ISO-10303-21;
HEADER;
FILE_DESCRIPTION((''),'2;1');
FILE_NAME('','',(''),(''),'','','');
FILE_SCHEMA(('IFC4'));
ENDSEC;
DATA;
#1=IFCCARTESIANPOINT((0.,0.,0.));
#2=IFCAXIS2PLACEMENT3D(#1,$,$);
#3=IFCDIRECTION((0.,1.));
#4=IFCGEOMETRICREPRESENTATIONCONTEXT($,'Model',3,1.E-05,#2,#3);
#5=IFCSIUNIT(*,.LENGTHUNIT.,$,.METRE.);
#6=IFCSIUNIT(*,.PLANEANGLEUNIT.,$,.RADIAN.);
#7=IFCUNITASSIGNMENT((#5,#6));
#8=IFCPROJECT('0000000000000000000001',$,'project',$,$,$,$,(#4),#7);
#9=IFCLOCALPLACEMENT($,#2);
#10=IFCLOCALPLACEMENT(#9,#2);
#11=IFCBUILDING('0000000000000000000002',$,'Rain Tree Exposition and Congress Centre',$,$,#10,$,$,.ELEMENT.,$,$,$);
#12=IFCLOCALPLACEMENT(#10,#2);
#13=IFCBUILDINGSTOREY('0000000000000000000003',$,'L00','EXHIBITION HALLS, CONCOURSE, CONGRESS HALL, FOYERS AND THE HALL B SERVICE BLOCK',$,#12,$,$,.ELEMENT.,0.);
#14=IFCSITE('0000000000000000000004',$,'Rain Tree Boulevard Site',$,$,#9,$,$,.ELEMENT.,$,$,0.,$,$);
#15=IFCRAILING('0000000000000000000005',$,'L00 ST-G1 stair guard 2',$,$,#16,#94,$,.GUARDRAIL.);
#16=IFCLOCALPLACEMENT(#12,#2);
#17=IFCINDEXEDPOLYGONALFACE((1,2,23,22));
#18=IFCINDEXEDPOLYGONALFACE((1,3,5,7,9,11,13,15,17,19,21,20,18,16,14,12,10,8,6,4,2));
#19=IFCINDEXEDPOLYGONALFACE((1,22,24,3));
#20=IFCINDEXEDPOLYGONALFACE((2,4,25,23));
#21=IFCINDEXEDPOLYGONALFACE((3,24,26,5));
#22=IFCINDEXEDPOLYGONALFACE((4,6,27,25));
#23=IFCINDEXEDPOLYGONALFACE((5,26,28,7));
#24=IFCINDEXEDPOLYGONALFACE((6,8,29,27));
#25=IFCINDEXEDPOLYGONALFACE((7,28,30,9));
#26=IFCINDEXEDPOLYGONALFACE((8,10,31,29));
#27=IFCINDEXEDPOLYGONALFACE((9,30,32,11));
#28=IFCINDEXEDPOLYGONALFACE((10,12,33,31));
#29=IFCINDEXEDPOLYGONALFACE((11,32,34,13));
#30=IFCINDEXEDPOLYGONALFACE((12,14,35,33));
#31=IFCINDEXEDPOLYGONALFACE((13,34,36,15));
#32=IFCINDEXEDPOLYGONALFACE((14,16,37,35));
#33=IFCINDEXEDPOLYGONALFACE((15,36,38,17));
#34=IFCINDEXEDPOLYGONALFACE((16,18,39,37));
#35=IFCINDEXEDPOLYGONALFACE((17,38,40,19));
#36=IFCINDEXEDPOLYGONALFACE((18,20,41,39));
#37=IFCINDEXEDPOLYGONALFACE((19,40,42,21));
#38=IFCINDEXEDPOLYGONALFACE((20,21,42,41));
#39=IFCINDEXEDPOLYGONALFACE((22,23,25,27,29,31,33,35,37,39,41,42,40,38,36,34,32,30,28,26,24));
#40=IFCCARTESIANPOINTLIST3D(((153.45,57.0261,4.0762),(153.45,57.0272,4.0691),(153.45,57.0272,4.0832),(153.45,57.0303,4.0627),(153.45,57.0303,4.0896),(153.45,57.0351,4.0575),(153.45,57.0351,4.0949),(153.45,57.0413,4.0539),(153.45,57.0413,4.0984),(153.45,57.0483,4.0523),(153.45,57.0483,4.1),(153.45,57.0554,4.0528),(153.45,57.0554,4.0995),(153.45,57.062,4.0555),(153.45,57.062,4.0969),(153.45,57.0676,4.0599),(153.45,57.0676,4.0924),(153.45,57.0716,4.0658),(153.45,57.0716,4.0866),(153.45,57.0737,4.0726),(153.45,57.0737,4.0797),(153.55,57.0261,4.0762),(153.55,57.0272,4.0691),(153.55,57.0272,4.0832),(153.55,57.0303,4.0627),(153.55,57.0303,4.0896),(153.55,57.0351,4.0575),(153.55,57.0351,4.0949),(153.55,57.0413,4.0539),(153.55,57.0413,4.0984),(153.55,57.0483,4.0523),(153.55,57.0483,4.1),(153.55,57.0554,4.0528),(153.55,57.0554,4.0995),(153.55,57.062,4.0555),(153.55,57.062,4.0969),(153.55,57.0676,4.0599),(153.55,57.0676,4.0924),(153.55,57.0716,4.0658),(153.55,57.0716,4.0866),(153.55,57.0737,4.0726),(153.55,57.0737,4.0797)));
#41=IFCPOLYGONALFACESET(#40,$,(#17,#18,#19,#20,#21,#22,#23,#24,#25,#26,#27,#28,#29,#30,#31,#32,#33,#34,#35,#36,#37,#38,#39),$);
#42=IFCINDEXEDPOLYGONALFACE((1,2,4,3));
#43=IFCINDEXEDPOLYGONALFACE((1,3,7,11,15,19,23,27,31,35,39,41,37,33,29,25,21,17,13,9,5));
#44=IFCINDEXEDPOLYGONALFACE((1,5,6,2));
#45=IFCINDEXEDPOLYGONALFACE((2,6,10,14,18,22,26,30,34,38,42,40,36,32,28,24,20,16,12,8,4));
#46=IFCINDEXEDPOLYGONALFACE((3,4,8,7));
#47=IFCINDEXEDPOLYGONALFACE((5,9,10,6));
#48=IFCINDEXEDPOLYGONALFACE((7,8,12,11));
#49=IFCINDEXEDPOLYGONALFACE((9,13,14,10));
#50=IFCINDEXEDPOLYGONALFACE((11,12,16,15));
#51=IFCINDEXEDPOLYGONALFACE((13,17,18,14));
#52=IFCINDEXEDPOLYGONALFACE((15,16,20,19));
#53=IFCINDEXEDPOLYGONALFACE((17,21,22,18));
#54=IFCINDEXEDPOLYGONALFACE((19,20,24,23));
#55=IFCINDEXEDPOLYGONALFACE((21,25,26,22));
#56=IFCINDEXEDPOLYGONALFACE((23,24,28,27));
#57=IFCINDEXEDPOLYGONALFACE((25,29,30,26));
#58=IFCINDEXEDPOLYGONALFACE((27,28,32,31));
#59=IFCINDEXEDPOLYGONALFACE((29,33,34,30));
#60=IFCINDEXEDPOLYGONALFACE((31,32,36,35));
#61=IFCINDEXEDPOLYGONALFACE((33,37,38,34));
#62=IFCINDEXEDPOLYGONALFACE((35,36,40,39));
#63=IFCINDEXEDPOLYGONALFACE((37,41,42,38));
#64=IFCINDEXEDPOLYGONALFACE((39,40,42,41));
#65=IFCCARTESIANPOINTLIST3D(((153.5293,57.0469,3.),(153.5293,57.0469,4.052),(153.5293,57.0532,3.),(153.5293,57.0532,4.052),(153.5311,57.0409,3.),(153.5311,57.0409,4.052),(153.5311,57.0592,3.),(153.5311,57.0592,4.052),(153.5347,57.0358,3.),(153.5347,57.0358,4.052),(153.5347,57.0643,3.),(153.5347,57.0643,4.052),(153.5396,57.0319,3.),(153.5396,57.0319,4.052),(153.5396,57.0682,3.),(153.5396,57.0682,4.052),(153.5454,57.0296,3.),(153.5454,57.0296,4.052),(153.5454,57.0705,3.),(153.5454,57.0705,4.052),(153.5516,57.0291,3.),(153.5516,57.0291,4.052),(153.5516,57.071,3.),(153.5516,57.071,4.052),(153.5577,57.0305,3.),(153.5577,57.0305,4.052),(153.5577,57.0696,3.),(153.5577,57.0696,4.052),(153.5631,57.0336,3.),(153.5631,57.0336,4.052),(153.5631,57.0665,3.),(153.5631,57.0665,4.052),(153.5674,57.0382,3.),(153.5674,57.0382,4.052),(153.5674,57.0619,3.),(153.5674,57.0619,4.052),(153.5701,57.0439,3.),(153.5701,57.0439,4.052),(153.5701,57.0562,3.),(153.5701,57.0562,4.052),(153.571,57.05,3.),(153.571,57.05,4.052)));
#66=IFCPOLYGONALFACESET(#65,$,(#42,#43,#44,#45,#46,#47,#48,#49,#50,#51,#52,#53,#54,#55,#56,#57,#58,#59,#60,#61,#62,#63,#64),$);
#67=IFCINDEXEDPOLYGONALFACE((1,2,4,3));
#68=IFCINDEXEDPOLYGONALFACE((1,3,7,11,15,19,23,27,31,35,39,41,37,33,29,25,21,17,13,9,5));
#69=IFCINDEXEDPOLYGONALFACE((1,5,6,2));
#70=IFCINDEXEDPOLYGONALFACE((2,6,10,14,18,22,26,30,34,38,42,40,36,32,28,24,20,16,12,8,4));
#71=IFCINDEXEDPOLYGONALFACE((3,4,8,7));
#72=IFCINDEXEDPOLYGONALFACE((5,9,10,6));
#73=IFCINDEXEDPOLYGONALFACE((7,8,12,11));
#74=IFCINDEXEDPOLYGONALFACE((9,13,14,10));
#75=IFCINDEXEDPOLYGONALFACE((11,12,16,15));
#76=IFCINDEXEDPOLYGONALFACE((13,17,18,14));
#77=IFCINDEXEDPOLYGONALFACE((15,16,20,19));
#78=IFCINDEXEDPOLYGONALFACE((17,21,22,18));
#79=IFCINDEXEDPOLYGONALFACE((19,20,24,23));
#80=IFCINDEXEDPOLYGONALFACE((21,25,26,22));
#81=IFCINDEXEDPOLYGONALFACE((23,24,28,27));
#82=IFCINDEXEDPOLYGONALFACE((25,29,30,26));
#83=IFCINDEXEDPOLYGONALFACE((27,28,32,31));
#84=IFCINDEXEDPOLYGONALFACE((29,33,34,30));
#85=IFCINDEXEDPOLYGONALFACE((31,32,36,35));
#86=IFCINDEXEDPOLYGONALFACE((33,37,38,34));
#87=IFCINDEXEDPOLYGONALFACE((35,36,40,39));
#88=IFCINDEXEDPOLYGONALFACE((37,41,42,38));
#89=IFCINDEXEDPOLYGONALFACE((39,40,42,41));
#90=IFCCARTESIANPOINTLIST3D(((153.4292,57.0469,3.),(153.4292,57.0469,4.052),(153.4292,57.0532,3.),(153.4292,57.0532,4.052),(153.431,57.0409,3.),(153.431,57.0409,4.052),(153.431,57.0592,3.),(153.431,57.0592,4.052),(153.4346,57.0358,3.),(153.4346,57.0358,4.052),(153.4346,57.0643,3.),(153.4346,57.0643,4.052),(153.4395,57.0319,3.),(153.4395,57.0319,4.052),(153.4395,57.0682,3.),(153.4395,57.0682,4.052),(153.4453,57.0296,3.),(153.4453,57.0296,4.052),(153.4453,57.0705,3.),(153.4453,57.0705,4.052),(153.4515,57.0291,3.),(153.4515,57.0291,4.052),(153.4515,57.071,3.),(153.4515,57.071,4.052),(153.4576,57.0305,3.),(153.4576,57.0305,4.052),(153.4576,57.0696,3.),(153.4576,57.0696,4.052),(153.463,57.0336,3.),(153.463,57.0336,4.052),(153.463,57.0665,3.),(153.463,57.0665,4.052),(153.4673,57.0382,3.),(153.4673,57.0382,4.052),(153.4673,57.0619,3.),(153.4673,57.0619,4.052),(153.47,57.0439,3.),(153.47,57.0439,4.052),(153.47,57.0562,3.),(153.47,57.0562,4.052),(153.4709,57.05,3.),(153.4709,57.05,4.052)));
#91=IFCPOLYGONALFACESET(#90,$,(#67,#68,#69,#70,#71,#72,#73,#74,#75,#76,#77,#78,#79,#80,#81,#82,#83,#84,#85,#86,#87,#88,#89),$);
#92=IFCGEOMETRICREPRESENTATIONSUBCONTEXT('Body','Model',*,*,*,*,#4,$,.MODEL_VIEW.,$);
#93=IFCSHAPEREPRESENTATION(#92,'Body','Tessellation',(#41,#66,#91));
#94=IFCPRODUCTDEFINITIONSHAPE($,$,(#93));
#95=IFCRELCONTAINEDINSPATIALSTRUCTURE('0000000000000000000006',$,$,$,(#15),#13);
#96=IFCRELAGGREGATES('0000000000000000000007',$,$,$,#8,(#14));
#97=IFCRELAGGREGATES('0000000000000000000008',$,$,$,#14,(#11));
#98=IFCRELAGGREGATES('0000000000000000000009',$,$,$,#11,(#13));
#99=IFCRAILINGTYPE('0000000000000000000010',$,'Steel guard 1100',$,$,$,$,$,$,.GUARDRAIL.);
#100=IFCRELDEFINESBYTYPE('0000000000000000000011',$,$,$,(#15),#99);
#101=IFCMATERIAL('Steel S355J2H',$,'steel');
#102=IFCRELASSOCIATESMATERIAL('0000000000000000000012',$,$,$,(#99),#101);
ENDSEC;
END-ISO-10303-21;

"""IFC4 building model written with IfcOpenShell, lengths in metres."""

from ifc_helpers import new_model, si_unit, direction, frame, origin, origin_2d, place, context, subcontext, project, spatial, circle, extrude, material, type_object, element, save


model = new_model("IFC4")

# Units and contexts
model_context = context("Model", 3, precision=1e-05, world=origin(), true_north=direction((0.0, 1.0)))
body_context = subcontext(model_context, "Body", "Model", "MODEL_VIEW")
ifc_project = project(units=[si_unit("LENGTHUNIT", "METRE"), si_unit("PLANEANGLEUNIT", "RADIAN")], contexts=[model_context])

# Site, building, storey
site_placement = place(None, origin())
site = spatial("IfcSite", under=ifc_project, at=site_placement, Name="Rain Tree Boulevard Site", CompositionType="ELEMENT", RefElevation=0.0)
building_placement = place(site_placement, origin())
building = spatial("IfcBuilding", under=site, at=building_placement, Name="Rain Tree Exposition and Congress Centre", CompositionType="ELEMENT")
storey_placement = place(building_placement, origin())
storey = spatial("IfcBuildingStorey", under=building, at=storey_placement, Name="L00", Description="EXHIBITION HALLS, CONCOURSE, CONGRESS HALL, FOYERS AND THE HALL B SERVICE BLOCK", CompositionType="ELEMENT", Elevation=0.0)

# Railing
ifc_material_1 = material(Name="Steel S355J2H", Category="steel")
railing_type_1 = type_object("IfcRailingType", Name="Steel guard 1100", PredefinedType="GUARDRAIL", material=ifc_material_1)
railing_1_placement = place(storey_placement, frame((153.55, 57.05, 3.0)))
element("IfcRailing", 1, at=railing_1_placement, inside=storey, type_object=railing_type_1, Name="L00 ST-G1 stair guard 2", PredefinedType="GUARDRAIL", context=body_context, shape_type="SweptSolid", body=[
    extrude(circle(Radius=0.0239, at=origin_2d()), frame((0.0, 0.0, 1.0762), z_axis=(-1.0, 0.0, 0.0), x_axis=(0.0, -1.0, 0.0)), (0.0, 0.0, 1.0), 0.1001),
    extrude(circle(Radius=0.021, at=origin_2d()), origin(), (0.0, 0.0, 1.0), 1.052),
    extrude(circle(Radius=0.021, at=origin_2d()), frame((-0.1001, 0.0, 0.0)), (0.0, 0.0, 1.0), 1.052),
])

save(model, "model.ifc")
